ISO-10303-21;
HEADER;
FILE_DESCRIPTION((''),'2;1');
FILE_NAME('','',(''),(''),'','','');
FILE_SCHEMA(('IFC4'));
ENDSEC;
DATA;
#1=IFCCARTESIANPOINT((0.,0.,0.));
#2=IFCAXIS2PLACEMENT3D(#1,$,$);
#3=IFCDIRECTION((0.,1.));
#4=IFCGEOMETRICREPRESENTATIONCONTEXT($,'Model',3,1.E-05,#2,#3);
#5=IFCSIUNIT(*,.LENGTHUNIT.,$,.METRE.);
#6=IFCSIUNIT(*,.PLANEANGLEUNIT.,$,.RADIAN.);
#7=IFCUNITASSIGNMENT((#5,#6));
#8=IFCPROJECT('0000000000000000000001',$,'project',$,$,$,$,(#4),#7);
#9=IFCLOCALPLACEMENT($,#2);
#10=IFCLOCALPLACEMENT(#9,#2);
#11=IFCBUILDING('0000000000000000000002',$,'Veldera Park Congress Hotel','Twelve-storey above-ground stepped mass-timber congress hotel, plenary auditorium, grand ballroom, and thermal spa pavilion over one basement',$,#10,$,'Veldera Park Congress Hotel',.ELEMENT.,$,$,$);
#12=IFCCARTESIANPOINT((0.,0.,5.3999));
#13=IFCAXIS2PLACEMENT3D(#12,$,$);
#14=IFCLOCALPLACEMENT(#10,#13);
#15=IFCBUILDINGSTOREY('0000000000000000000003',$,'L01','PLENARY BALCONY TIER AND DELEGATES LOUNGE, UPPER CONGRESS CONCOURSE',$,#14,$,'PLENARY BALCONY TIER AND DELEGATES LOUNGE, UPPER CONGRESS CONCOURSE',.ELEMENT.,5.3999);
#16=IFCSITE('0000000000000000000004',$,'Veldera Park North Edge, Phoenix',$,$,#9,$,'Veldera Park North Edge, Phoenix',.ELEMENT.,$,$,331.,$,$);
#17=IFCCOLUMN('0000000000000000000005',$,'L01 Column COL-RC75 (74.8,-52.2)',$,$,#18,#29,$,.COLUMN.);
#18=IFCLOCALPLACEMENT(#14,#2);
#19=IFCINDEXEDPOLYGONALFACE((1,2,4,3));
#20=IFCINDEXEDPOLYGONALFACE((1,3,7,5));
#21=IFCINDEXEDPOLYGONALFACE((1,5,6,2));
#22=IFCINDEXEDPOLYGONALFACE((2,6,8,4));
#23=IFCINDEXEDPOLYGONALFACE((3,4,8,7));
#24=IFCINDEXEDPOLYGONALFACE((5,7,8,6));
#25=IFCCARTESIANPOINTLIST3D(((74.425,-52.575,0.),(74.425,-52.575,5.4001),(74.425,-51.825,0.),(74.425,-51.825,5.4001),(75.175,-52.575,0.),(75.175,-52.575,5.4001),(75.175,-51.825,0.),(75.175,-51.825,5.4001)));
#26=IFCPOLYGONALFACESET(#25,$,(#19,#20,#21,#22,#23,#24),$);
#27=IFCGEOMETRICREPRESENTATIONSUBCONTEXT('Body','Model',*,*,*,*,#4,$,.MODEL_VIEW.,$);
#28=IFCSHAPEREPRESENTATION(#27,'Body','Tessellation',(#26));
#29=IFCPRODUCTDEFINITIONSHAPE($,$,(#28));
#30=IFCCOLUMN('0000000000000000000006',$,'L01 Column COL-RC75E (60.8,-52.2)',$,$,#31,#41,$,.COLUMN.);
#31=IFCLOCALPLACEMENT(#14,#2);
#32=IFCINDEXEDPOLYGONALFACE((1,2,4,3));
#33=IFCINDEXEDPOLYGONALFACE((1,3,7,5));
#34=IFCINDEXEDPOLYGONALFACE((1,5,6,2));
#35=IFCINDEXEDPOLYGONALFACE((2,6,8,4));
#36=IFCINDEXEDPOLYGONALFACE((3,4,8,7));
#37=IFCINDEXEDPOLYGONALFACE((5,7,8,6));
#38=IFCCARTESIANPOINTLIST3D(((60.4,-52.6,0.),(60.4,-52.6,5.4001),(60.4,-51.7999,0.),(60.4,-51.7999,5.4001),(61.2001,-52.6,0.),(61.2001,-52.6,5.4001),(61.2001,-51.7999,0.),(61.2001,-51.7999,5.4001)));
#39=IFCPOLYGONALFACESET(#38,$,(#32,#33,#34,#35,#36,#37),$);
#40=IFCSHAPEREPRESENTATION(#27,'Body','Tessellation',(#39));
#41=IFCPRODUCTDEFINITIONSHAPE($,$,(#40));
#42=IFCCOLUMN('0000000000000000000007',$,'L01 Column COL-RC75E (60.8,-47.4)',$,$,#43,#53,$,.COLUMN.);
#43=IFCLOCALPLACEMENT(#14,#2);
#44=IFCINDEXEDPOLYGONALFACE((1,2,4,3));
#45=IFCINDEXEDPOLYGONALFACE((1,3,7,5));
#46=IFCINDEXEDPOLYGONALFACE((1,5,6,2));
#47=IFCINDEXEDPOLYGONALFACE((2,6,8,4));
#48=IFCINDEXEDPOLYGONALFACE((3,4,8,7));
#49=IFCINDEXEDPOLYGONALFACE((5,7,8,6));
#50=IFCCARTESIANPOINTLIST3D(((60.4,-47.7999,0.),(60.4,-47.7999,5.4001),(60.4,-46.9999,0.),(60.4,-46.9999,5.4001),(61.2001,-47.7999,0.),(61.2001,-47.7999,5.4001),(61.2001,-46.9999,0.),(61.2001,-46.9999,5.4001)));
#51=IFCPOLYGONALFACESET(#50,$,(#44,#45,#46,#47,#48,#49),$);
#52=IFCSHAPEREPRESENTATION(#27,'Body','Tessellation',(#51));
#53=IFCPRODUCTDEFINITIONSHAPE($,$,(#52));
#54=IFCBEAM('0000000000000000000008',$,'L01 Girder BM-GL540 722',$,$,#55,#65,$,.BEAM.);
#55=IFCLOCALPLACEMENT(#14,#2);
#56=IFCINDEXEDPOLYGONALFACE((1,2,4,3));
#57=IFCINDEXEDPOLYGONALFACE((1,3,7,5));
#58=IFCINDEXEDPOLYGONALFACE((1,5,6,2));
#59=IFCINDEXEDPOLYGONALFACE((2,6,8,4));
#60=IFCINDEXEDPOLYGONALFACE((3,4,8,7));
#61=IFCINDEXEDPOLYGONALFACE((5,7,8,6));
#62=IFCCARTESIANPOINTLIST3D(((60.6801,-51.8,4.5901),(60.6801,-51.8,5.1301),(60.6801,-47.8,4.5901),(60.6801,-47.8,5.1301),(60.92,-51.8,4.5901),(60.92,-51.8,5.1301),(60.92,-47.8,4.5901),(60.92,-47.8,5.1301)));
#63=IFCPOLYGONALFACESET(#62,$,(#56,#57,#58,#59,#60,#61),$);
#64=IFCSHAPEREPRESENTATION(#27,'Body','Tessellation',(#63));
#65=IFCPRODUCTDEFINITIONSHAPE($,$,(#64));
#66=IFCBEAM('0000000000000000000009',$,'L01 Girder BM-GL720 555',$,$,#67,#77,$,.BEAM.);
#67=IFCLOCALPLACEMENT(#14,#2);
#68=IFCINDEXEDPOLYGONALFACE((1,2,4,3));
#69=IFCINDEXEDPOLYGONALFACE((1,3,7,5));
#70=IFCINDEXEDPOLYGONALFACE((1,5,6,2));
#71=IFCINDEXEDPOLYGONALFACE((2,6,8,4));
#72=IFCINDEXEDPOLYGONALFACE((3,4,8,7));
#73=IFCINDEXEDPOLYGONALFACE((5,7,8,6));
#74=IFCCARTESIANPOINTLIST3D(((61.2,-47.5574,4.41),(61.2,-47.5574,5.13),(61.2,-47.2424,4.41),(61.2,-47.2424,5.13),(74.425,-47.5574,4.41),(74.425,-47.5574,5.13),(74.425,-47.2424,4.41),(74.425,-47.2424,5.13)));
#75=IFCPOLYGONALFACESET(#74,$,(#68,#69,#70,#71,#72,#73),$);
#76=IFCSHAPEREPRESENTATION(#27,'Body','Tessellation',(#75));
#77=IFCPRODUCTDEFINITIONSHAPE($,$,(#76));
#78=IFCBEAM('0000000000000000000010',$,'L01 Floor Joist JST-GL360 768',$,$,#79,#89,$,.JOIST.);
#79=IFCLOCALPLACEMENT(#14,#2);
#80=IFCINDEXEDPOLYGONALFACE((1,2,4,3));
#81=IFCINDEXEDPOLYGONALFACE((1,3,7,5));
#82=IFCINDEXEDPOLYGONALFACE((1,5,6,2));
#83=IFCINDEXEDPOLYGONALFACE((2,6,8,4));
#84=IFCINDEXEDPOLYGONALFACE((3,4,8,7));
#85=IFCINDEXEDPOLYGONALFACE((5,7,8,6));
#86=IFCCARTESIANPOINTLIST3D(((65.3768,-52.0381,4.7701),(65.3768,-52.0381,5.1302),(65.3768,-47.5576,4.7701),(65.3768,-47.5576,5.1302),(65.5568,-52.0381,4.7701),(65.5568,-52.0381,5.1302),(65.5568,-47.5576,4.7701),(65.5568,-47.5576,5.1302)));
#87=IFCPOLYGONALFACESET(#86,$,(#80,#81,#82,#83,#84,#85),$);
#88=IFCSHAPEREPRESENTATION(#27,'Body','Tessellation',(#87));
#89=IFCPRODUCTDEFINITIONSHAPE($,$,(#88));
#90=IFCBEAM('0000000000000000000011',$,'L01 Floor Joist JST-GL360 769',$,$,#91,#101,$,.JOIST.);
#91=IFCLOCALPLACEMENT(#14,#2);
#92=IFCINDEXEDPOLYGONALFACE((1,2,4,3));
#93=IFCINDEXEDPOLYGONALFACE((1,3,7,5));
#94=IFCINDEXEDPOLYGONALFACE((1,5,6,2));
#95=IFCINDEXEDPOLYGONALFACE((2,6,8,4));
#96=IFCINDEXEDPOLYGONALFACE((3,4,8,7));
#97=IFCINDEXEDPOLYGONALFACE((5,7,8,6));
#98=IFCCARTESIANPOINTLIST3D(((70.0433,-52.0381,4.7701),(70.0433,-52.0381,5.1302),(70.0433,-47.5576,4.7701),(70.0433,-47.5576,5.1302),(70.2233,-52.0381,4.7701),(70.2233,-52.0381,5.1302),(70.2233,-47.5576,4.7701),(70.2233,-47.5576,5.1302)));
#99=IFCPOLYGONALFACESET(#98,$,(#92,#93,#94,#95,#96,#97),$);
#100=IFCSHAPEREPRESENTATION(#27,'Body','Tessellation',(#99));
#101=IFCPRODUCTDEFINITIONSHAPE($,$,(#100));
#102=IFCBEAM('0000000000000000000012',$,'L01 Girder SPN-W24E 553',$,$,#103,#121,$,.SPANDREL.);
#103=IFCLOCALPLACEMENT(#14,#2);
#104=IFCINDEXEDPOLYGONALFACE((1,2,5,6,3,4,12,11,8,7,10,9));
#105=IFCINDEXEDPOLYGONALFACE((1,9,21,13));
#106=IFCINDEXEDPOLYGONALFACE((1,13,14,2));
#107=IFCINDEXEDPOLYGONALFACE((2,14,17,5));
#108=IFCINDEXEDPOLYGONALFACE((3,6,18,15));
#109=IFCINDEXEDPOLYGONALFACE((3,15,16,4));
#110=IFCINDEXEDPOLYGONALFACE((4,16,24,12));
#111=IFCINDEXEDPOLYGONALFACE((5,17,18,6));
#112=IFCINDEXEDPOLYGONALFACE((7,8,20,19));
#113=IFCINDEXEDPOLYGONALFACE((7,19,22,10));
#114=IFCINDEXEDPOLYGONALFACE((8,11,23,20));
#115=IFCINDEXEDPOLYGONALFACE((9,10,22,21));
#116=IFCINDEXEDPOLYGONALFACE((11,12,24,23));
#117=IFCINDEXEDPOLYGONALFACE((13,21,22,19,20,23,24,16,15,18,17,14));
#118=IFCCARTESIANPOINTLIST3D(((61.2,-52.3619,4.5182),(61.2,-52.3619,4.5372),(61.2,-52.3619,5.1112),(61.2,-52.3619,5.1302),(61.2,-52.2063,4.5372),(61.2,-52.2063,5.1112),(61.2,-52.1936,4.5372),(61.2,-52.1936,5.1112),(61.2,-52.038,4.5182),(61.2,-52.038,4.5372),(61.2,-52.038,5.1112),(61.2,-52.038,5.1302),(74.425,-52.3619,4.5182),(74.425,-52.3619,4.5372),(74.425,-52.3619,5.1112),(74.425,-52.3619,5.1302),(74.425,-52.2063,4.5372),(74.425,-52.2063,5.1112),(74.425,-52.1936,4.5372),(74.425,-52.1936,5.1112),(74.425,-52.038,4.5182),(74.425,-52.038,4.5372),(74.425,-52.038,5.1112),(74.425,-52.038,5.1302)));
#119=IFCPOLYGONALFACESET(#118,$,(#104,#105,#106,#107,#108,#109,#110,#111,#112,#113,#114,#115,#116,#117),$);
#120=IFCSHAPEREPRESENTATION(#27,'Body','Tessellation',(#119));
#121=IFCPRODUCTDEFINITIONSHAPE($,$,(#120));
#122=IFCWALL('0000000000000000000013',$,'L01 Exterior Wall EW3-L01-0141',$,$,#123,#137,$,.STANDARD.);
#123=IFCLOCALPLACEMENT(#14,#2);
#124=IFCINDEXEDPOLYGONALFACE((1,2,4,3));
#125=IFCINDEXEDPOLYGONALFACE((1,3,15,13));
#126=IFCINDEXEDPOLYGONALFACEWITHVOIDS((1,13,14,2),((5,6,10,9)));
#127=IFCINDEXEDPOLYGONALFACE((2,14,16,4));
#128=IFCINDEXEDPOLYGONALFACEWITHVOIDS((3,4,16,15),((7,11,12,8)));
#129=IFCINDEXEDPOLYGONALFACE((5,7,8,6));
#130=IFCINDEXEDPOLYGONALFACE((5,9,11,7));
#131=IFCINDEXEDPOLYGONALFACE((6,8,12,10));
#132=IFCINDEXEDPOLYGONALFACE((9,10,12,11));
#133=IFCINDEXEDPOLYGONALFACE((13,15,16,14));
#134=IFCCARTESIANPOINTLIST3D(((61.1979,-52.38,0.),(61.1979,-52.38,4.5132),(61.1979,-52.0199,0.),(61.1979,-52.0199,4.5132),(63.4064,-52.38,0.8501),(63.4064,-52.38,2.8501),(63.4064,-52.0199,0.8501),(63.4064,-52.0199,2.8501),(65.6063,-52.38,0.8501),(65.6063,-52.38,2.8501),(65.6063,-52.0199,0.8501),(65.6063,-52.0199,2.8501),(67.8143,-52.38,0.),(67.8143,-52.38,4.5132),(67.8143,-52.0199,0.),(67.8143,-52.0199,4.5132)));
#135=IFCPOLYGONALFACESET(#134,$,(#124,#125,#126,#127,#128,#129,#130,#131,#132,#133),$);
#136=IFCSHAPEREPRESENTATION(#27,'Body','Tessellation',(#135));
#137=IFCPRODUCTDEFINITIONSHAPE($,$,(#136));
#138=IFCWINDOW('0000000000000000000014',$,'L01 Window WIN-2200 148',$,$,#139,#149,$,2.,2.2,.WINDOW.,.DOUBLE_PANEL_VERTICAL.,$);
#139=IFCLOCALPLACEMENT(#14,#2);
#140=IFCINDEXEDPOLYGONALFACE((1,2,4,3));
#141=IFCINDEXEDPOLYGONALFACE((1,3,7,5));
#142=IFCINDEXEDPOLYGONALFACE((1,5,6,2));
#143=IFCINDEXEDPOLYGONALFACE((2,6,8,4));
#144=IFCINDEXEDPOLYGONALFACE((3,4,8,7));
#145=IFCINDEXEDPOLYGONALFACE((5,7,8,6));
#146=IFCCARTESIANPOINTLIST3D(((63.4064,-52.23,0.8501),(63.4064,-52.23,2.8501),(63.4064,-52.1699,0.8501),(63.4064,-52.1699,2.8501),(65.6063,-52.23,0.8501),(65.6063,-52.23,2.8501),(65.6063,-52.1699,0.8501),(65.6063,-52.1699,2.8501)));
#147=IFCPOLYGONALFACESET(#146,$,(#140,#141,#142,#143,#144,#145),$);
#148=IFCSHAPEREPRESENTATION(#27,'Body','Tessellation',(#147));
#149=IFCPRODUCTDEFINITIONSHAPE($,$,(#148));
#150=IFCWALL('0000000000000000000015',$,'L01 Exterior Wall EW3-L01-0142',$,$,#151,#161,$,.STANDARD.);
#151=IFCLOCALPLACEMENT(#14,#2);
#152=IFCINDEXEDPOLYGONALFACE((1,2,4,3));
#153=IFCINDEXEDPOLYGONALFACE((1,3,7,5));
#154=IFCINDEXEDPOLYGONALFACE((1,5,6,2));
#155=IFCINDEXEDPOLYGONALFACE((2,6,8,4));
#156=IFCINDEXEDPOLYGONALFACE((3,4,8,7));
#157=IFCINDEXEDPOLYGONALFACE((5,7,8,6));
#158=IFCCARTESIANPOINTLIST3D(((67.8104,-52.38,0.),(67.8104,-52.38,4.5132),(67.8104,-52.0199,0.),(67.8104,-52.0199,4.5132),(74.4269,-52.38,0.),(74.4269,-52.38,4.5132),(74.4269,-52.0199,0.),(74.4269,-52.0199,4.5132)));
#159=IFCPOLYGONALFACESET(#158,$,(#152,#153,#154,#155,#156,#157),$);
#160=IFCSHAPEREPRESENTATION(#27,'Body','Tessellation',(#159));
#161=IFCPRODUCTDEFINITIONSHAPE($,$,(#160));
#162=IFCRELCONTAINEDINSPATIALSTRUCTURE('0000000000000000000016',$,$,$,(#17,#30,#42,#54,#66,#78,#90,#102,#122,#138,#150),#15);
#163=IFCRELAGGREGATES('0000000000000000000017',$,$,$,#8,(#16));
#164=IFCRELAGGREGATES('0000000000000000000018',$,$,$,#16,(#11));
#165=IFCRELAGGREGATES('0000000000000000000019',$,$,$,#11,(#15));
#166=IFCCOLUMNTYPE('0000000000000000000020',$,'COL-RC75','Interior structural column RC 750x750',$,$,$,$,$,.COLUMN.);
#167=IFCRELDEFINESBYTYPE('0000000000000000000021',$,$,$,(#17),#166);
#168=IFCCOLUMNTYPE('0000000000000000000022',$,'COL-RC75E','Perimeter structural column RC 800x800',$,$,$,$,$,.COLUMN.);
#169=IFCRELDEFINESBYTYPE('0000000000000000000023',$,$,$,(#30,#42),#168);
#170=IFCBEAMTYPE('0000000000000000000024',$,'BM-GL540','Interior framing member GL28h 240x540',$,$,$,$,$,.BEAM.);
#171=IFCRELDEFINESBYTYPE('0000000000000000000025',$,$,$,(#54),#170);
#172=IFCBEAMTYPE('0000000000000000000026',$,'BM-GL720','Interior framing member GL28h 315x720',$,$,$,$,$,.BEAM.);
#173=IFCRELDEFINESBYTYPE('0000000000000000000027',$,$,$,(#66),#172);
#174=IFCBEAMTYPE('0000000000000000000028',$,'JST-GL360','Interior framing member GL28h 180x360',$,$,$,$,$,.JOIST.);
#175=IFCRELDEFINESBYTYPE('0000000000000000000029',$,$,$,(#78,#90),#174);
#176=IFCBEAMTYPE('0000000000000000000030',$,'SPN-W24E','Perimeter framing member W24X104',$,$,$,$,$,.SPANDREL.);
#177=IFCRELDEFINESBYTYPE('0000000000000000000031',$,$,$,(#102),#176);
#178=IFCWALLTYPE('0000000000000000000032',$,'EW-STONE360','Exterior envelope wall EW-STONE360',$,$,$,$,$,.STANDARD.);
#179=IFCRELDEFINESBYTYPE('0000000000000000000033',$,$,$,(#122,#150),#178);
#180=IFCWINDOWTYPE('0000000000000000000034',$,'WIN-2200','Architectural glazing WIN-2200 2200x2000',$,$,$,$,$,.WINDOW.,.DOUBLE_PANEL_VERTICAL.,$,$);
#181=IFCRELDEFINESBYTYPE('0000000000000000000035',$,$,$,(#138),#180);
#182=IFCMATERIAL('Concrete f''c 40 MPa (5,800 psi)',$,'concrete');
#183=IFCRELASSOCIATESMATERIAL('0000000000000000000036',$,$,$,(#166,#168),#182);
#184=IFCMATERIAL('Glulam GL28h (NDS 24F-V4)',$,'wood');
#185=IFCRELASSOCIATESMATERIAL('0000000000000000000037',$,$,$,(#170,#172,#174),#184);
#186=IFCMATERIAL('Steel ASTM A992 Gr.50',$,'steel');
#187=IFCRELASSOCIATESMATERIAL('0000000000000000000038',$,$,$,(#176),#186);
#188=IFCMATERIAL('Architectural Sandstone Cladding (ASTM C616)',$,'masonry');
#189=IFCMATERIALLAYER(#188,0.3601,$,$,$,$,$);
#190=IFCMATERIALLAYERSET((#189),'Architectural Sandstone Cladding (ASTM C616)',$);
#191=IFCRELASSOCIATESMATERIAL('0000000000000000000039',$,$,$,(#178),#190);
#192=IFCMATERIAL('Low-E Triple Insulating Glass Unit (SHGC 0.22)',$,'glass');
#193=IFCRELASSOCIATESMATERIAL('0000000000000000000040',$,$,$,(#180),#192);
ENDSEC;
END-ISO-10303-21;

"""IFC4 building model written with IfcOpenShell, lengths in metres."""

from ifc_helpers import new_model, si_unit, direction, frame, frame_2d, origin, origin_2d, place, context, subcontext, project, spatial, rectangle, i_section, extrude, material, layer, layer_set, material_profile, profile_set, type_object, element, fill, save


model = new_model("IFC4")

# Units and contexts
model_context = context("Model", 3, precision=1e-05, world=origin(), true_north=direction((0.0, 1.0)))
body_context = subcontext(model_context, "Body", "Model", "MODEL_VIEW")
ifc_project = project(units=[si_unit("LENGTHUNIT", "METRE"), si_unit("PLANEANGLEUNIT", "RADIAN")], contexts=[model_context])

# Site, building, storey
site_placement = place(None, origin())
site = spatial("IfcSite", under=ifc_project, at=site_placement, Name="Veldera Park North Edge, Phoenix", LongName="Veldera Park North Edge, Phoenix", CompositionType="ELEMENT", RefElevation=331.0)
building_placement = place(site_placement, origin())
building = spatial("IfcBuilding", under=site, at=building_placement, Name="Veldera Park Congress Hotel", Description="Twelve-storey above-ground stepped mass-timber congress hotel, plenary auditorium, grand ballroom, and thermal spa pavilion over one basement", LongName="Veldera Park Congress Hotel", CompositionType="ELEMENT")
storey_placement = place(building_placement, frame((0.0, 0.0, 5.3999)))
storey = spatial("IfcBuildingStorey", under=building, at=storey_placement, Name="L01", Description="PLENARY BALCONY TIER AND DELEGATES LOUNGE, UPPER CONGRESS CONCOURSE", LongName="PLENARY BALCONY TIER AND DELEGATES LOUNGE, UPPER CONGRESS CONCOURSE", CompositionType="ELEMENT", Elevation=5.3999)

# Columns
ifc_material_1 = material(Name="Concrete f'c 40 MPa (5,800 psi)", Category="concrete")
ifc_material_profile_1 = material_profile(ifc_material_1, rectangle(XDim=0.75, YDim=0.75, at=origin_2d()), Name="RC 750x750")
ifc_profile_set_1 = profile_set([ifc_material_profile_1], Name="Concrete f'c 40 MPa (5,800 psi)")
column_type_1 = type_object("IfcColumnType", Name="COL-RC75", Description="Interior structural column RC 750x750", PredefinedType="COLUMN", material=ifc_profile_set_1)
column_placement = place(storey_placement, frame((74.8, -52.2, 0.0), z_axis=(0.0, 0.0, 1.0), x_axis=(1.0, 0.0, 0.0)))
element("IfcColumn", 1, at=column_placement, inside=storey, type_object=column_type_1, Name="L01 Column COL-RC75 (74.8,-52.2)", PredefinedType="COLUMN", context=body_context, shape_type="SweptSolid", body=[
    extrude(rectangle(XDim=0.75, YDim=0.75, at=origin_2d()), origin(), (0.0, 0.0, 1.0), 5.4001),
])
ifc_material_profile_2 = material_profile(ifc_material_1, rectangle(XDim=0.8, YDim=0.8, at=origin_2d()), Name="RC 800x800")
ifc_profile_set_2 = profile_set([ifc_material_profile_2], Name="Concrete f'c 40 MPa (5,800 psi)")
column_type_2 = type_object("IfcColumnType", Name="COL-RC75E", Description="Perimeter structural column RC 800x800", PredefinedType="COLUMN", material=ifc_profile_set_2)
for number, where, z_axis, x_axis, name in (
    (2, (60.8, -52.2, 0.0), (0.0, 0.0, 1.0), (1.0, 0.0, 0.0), "L01 Column COL-RC75E (60.8,-52.2)"),
    (3, (60.8, -47.3999, 0.0), (0.0, 0.0, 1.0), (1.0, 0.0, 0.0), "L01 Column COL-RC75E (60.8,-47.4)"),
):
    element("IfcColumn", number, at=place(storey_placement, frame(where, z_axis=z_axis, x_axis=x_axis)), inside=storey, type_object=column_type_2, Name=name, PredefinedType="COLUMN", context=body_context, shape_type="SweptSolid", body=[
        extrude(rectangle(XDim=0.8, YDim=0.8, at=origin_2d()), origin(), (0.0, 0.0, 1.0), 5.4001),
    ])

# Beams
ifc_material_2 = material(Name="Glulam GL28h (NDS 24F-V4)", Category="wood")
ifc_material_profile_3 = material_profile(ifc_material_2, rectangle(XDim=0.24, YDim=0.54, at=origin_2d()), Name="GL28h 240x540")
ifc_profile_set_3 = profile_set([ifc_material_profile_3], Name="Glulam GL28h (NDS 24F-V4)")
beam_type_1 = type_object("IfcBeamType", Name="BM-GL540", Description="Interior framing member GL28h 240x540", PredefinedType="BEAM", material=ifc_profile_set_3)
beam_1_placement = place(storey_placement, frame((60.8, -51.8, 4.8601), z_axis=(0.0, 1.0, 0.0), x_axis=(-1.0, 0.0, 0.0)))
element("IfcBeam", 4, at=beam_1_placement, inside=storey, type_object=beam_type_1, Name="L01 Girder BM-GL540 722", PredefinedType="BEAM", context=body_context, shape_type="SweptSolid", body=[
    extrude(rectangle(XDim=0.24, YDim=0.54, at=origin_2d()), origin(), (0.0, 0.0, 1.0), 4.0),
])
ifc_material_profile_4 = material_profile(ifc_material_2, rectangle(XDim=0.3149, YDim=0.72, at=origin_2d()), Name="GL28h 315x720")
ifc_profile_set_4 = profile_set([ifc_material_profile_4], Name="Glulam GL28h (NDS 24F-V4)")
beam_type_2 = type_object("IfcBeamType", Name="BM-GL720", Description="Interior framing member GL28h 315x720", PredefinedType="BEAM", material=ifc_profile_set_4)
beam_2_placement = place(storey_placement, frame((61.2, -47.3999, 4.77), z_axis=(1.0, 0.0, 0.0), x_axis=(0.0, 1.0, 0.0)))
element("IfcBeam", 5, at=beam_2_placement, inside=storey, type_object=beam_type_2, Name="L01 Girder BM-GL720 555", PredefinedType="BEAM", context=body_context, shape_type="SweptSolid", body=[
    extrude(rectangle(XDim=0.3149, YDim=0.72, at=origin_2d()), origin(), (0.0, 0.0, 1.0), 13.2251),
])
ifc_material_profile_5 = material_profile(ifc_material_2, rectangle(XDim=0.1799, YDim=0.3601, at=origin_2d()), Name="GL28h 180x360")
ifc_profile_set_5 = profile_set([ifc_material_profile_5], Name="Glulam GL28h (NDS 24F-V4)")
beam_type_3 = type_object("IfcBeamType", Name="JST-GL360", Description="Interior framing member GL28h 180x360", PredefinedType="JOIST", material=ifc_profile_set_5)
for number, where, z_axis, x_axis, name in (
    (6, (65.4668, -52.0381, 4.9502), (0.0, 1.0, 0.0), (-1.0, 0.0, 0.0), "L01 Floor Joist JST-GL360 768"),
    (7, (70.1333, -52.0381, 4.9502), (0.0, 1.0, 0.0), (-1.0, 0.0, 0.0), "L01 Floor Joist JST-GL360 769"),
):
    element("IfcBeam", number, at=place(storey_placement, frame(where, z_axis=z_axis, x_axis=x_axis)), inside=storey, type_object=beam_type_3, Name=name, PredefinedType="JOIST", context=body_context, shape_type="SweptSolid", body=[
        extrude(rectangle(XDim=0.1799, YDim=0.3601, at=origin_2d()), origin(), (0.0, 0.0, 1.0), 4.4805),
    ])
ifc_material_3 = material(Name="Steel ASTM A992 Gr.50", Category="steel")
ifc_material_profile_6 = material_profile(ifc_material_3, i_section(OverallWidth=0.324, OverallDepth=0.6121, WebThickness=0.0127, FlangeThickness=0.019, at=origin_2d()), Name="W24X104")
ifc_profile_set_6 = profile_set([ifc_material_profile_6], Name="Steel ASTM A992 Gr.50")
beam_type_4 = type_object("IfcBeamType", Name="SPN-W24E", Description="Perimeter framing member W24X104", PredefinedType="SPANDREL", material=ifc_profile_set_6)
beam_3_placement = place(storey_placement, frame((61.2, -52.2, 4.8242), z_axis=(1.0, 0.0, 0.0), x_axis=(0.0, 1.0, 0.0)))
element("IfcBeam", 8, at=beam_3_placement, inside=storey, type_object=beam_type_4, Name="L01 Girder SPN-W24E 553", PredefinedType="SPANDREL", context=body_context, shape_type="SweptSolid", body=[
    extrude(i_section(OverallWidth=0.324, OverallDepth=0.6121, WebThickness=0.0127, FlangeThickness=0.019, at=origin_2d()), origin(), (0.0, 0.0, 1.0), 13.2251),
])

# Wall, opening, window
ifc_material_4 = material(Name="Architectural Sandstone Cladding (ASTM C616)", Category="masonry")
ifc_layer_1 = layer(ifc_material_4, 0.3601)
ifc_layer_set_1 = layer_set([ifc_layer_1], Name="Architectural Sandstone Cladding (ASTM C616)")
wall_type_1 = type_object("IfcWallType", Name="EW-STONE360", Description="Exterior envelope wall EW-STONE360", PredefinedType="STANDARD", material=ifc_layer_set_1)
wall_1_placement = place(storey_placement, frame((61.198, -52.2, 0.0), z_axis=(0.0, 0.0, 1.0), x_axis=(1.0, 0.0, 0.0)))
wall_1 = element("IfcWall", 9, at=wall_1_placement, inside=storey, type_object=wall_type_1, Name="L01 Exterior Wall EW3-L01-0141", PredefinedType="STANDARD", context=body_context, shape_type="SweptSolid", body=[
    extrude(rectangle(XDim=6.6165, YDim=0.3601, at=frame_2d((3.3081, 0.0))), origin(), (0.0, 0.0, 1.0), 4.5132),
])
opening_1_placement = place(wall_1_placement, frame((2.2083, 0.0, 0.8501)))
opening_1 = element("IfcOpeningElement", 10, at=opening_1_placement, cuts=wall_1, PredefinedType="OPENING", context=body_context, shape_type="SweptSolid", body=[
    extrude(rectangle(XDim=2.2, YDim=2.0, at=frame_2d((1.1001, 1.0))), frame((0.0, 0.1921, 0.0), z_axis=(0.0, -1.0, 0.0), x_axis=(1.0, 0.0, 0.0)), (0.0, 0.0, 1.0), 0.384),
])
ifc_material_5 = material(Name="Low-E Triple Insulating Glass Unit (SHGC 0.22)", Category="glass")
window_type = type_object("IfcWindowType", Name="WIN-2200", Description="Architectural glazing WIN-2200 2200x2000", PartitioningType="DOUBLE_PANEL_VERTICAL", PredefinedType="WINDOW", material=ifc_material_5)
window_1_placement = place(opening_1_placement, origin())
window_1 = element("IfcWindow", 11, at=window_1_placement, inside=storey, type_object=window_type, Name="L01 Window WIN-2200 148", OverallHeight=2.0, OverallWidth=2.2, PartitioningType="DOUBLE_PANEL_VERTICAL", PredefinedType="WINDOW", context=body_context, shape_type="SweptSolid", body=[
    extrude(rectangle(XDim=2.2, YDim=2.0, at=frame_2d((1.1001, 1.0))), frame((0.0, 0.03, 0.0), z_axis=(0.0, -1.0, 0.0), x_axis=(1.0, 0.0, 0.0)), (0.0, 0.0, 1.0), 0.0601),
])
fill(opening_1, window_1)

# Wall
wall_2_placement = place(storey_placement, frame((67.8105, -52.2, 0.0), z_axis=(0.0, 0.0, 1.0), x_axis=(1.0, 0.0, 0.0)))
element("IfcWall", 12, at=wall_2_placement, inside=storey, type_object=wall_type_1, Name="L01 Exterior Wall EW3-L01-0142", PredefinedType="STANDARD", context=body_context, shape_type="SweptSolid", body=[
    extrude(rectangle(XDim=6.6165, YDim=0.3601, at=frame_2d((3.3081, 0.0))), origin(), (0.0, 0.0, 1.0), 4.5132),
])

save(model, "model.ifc")
